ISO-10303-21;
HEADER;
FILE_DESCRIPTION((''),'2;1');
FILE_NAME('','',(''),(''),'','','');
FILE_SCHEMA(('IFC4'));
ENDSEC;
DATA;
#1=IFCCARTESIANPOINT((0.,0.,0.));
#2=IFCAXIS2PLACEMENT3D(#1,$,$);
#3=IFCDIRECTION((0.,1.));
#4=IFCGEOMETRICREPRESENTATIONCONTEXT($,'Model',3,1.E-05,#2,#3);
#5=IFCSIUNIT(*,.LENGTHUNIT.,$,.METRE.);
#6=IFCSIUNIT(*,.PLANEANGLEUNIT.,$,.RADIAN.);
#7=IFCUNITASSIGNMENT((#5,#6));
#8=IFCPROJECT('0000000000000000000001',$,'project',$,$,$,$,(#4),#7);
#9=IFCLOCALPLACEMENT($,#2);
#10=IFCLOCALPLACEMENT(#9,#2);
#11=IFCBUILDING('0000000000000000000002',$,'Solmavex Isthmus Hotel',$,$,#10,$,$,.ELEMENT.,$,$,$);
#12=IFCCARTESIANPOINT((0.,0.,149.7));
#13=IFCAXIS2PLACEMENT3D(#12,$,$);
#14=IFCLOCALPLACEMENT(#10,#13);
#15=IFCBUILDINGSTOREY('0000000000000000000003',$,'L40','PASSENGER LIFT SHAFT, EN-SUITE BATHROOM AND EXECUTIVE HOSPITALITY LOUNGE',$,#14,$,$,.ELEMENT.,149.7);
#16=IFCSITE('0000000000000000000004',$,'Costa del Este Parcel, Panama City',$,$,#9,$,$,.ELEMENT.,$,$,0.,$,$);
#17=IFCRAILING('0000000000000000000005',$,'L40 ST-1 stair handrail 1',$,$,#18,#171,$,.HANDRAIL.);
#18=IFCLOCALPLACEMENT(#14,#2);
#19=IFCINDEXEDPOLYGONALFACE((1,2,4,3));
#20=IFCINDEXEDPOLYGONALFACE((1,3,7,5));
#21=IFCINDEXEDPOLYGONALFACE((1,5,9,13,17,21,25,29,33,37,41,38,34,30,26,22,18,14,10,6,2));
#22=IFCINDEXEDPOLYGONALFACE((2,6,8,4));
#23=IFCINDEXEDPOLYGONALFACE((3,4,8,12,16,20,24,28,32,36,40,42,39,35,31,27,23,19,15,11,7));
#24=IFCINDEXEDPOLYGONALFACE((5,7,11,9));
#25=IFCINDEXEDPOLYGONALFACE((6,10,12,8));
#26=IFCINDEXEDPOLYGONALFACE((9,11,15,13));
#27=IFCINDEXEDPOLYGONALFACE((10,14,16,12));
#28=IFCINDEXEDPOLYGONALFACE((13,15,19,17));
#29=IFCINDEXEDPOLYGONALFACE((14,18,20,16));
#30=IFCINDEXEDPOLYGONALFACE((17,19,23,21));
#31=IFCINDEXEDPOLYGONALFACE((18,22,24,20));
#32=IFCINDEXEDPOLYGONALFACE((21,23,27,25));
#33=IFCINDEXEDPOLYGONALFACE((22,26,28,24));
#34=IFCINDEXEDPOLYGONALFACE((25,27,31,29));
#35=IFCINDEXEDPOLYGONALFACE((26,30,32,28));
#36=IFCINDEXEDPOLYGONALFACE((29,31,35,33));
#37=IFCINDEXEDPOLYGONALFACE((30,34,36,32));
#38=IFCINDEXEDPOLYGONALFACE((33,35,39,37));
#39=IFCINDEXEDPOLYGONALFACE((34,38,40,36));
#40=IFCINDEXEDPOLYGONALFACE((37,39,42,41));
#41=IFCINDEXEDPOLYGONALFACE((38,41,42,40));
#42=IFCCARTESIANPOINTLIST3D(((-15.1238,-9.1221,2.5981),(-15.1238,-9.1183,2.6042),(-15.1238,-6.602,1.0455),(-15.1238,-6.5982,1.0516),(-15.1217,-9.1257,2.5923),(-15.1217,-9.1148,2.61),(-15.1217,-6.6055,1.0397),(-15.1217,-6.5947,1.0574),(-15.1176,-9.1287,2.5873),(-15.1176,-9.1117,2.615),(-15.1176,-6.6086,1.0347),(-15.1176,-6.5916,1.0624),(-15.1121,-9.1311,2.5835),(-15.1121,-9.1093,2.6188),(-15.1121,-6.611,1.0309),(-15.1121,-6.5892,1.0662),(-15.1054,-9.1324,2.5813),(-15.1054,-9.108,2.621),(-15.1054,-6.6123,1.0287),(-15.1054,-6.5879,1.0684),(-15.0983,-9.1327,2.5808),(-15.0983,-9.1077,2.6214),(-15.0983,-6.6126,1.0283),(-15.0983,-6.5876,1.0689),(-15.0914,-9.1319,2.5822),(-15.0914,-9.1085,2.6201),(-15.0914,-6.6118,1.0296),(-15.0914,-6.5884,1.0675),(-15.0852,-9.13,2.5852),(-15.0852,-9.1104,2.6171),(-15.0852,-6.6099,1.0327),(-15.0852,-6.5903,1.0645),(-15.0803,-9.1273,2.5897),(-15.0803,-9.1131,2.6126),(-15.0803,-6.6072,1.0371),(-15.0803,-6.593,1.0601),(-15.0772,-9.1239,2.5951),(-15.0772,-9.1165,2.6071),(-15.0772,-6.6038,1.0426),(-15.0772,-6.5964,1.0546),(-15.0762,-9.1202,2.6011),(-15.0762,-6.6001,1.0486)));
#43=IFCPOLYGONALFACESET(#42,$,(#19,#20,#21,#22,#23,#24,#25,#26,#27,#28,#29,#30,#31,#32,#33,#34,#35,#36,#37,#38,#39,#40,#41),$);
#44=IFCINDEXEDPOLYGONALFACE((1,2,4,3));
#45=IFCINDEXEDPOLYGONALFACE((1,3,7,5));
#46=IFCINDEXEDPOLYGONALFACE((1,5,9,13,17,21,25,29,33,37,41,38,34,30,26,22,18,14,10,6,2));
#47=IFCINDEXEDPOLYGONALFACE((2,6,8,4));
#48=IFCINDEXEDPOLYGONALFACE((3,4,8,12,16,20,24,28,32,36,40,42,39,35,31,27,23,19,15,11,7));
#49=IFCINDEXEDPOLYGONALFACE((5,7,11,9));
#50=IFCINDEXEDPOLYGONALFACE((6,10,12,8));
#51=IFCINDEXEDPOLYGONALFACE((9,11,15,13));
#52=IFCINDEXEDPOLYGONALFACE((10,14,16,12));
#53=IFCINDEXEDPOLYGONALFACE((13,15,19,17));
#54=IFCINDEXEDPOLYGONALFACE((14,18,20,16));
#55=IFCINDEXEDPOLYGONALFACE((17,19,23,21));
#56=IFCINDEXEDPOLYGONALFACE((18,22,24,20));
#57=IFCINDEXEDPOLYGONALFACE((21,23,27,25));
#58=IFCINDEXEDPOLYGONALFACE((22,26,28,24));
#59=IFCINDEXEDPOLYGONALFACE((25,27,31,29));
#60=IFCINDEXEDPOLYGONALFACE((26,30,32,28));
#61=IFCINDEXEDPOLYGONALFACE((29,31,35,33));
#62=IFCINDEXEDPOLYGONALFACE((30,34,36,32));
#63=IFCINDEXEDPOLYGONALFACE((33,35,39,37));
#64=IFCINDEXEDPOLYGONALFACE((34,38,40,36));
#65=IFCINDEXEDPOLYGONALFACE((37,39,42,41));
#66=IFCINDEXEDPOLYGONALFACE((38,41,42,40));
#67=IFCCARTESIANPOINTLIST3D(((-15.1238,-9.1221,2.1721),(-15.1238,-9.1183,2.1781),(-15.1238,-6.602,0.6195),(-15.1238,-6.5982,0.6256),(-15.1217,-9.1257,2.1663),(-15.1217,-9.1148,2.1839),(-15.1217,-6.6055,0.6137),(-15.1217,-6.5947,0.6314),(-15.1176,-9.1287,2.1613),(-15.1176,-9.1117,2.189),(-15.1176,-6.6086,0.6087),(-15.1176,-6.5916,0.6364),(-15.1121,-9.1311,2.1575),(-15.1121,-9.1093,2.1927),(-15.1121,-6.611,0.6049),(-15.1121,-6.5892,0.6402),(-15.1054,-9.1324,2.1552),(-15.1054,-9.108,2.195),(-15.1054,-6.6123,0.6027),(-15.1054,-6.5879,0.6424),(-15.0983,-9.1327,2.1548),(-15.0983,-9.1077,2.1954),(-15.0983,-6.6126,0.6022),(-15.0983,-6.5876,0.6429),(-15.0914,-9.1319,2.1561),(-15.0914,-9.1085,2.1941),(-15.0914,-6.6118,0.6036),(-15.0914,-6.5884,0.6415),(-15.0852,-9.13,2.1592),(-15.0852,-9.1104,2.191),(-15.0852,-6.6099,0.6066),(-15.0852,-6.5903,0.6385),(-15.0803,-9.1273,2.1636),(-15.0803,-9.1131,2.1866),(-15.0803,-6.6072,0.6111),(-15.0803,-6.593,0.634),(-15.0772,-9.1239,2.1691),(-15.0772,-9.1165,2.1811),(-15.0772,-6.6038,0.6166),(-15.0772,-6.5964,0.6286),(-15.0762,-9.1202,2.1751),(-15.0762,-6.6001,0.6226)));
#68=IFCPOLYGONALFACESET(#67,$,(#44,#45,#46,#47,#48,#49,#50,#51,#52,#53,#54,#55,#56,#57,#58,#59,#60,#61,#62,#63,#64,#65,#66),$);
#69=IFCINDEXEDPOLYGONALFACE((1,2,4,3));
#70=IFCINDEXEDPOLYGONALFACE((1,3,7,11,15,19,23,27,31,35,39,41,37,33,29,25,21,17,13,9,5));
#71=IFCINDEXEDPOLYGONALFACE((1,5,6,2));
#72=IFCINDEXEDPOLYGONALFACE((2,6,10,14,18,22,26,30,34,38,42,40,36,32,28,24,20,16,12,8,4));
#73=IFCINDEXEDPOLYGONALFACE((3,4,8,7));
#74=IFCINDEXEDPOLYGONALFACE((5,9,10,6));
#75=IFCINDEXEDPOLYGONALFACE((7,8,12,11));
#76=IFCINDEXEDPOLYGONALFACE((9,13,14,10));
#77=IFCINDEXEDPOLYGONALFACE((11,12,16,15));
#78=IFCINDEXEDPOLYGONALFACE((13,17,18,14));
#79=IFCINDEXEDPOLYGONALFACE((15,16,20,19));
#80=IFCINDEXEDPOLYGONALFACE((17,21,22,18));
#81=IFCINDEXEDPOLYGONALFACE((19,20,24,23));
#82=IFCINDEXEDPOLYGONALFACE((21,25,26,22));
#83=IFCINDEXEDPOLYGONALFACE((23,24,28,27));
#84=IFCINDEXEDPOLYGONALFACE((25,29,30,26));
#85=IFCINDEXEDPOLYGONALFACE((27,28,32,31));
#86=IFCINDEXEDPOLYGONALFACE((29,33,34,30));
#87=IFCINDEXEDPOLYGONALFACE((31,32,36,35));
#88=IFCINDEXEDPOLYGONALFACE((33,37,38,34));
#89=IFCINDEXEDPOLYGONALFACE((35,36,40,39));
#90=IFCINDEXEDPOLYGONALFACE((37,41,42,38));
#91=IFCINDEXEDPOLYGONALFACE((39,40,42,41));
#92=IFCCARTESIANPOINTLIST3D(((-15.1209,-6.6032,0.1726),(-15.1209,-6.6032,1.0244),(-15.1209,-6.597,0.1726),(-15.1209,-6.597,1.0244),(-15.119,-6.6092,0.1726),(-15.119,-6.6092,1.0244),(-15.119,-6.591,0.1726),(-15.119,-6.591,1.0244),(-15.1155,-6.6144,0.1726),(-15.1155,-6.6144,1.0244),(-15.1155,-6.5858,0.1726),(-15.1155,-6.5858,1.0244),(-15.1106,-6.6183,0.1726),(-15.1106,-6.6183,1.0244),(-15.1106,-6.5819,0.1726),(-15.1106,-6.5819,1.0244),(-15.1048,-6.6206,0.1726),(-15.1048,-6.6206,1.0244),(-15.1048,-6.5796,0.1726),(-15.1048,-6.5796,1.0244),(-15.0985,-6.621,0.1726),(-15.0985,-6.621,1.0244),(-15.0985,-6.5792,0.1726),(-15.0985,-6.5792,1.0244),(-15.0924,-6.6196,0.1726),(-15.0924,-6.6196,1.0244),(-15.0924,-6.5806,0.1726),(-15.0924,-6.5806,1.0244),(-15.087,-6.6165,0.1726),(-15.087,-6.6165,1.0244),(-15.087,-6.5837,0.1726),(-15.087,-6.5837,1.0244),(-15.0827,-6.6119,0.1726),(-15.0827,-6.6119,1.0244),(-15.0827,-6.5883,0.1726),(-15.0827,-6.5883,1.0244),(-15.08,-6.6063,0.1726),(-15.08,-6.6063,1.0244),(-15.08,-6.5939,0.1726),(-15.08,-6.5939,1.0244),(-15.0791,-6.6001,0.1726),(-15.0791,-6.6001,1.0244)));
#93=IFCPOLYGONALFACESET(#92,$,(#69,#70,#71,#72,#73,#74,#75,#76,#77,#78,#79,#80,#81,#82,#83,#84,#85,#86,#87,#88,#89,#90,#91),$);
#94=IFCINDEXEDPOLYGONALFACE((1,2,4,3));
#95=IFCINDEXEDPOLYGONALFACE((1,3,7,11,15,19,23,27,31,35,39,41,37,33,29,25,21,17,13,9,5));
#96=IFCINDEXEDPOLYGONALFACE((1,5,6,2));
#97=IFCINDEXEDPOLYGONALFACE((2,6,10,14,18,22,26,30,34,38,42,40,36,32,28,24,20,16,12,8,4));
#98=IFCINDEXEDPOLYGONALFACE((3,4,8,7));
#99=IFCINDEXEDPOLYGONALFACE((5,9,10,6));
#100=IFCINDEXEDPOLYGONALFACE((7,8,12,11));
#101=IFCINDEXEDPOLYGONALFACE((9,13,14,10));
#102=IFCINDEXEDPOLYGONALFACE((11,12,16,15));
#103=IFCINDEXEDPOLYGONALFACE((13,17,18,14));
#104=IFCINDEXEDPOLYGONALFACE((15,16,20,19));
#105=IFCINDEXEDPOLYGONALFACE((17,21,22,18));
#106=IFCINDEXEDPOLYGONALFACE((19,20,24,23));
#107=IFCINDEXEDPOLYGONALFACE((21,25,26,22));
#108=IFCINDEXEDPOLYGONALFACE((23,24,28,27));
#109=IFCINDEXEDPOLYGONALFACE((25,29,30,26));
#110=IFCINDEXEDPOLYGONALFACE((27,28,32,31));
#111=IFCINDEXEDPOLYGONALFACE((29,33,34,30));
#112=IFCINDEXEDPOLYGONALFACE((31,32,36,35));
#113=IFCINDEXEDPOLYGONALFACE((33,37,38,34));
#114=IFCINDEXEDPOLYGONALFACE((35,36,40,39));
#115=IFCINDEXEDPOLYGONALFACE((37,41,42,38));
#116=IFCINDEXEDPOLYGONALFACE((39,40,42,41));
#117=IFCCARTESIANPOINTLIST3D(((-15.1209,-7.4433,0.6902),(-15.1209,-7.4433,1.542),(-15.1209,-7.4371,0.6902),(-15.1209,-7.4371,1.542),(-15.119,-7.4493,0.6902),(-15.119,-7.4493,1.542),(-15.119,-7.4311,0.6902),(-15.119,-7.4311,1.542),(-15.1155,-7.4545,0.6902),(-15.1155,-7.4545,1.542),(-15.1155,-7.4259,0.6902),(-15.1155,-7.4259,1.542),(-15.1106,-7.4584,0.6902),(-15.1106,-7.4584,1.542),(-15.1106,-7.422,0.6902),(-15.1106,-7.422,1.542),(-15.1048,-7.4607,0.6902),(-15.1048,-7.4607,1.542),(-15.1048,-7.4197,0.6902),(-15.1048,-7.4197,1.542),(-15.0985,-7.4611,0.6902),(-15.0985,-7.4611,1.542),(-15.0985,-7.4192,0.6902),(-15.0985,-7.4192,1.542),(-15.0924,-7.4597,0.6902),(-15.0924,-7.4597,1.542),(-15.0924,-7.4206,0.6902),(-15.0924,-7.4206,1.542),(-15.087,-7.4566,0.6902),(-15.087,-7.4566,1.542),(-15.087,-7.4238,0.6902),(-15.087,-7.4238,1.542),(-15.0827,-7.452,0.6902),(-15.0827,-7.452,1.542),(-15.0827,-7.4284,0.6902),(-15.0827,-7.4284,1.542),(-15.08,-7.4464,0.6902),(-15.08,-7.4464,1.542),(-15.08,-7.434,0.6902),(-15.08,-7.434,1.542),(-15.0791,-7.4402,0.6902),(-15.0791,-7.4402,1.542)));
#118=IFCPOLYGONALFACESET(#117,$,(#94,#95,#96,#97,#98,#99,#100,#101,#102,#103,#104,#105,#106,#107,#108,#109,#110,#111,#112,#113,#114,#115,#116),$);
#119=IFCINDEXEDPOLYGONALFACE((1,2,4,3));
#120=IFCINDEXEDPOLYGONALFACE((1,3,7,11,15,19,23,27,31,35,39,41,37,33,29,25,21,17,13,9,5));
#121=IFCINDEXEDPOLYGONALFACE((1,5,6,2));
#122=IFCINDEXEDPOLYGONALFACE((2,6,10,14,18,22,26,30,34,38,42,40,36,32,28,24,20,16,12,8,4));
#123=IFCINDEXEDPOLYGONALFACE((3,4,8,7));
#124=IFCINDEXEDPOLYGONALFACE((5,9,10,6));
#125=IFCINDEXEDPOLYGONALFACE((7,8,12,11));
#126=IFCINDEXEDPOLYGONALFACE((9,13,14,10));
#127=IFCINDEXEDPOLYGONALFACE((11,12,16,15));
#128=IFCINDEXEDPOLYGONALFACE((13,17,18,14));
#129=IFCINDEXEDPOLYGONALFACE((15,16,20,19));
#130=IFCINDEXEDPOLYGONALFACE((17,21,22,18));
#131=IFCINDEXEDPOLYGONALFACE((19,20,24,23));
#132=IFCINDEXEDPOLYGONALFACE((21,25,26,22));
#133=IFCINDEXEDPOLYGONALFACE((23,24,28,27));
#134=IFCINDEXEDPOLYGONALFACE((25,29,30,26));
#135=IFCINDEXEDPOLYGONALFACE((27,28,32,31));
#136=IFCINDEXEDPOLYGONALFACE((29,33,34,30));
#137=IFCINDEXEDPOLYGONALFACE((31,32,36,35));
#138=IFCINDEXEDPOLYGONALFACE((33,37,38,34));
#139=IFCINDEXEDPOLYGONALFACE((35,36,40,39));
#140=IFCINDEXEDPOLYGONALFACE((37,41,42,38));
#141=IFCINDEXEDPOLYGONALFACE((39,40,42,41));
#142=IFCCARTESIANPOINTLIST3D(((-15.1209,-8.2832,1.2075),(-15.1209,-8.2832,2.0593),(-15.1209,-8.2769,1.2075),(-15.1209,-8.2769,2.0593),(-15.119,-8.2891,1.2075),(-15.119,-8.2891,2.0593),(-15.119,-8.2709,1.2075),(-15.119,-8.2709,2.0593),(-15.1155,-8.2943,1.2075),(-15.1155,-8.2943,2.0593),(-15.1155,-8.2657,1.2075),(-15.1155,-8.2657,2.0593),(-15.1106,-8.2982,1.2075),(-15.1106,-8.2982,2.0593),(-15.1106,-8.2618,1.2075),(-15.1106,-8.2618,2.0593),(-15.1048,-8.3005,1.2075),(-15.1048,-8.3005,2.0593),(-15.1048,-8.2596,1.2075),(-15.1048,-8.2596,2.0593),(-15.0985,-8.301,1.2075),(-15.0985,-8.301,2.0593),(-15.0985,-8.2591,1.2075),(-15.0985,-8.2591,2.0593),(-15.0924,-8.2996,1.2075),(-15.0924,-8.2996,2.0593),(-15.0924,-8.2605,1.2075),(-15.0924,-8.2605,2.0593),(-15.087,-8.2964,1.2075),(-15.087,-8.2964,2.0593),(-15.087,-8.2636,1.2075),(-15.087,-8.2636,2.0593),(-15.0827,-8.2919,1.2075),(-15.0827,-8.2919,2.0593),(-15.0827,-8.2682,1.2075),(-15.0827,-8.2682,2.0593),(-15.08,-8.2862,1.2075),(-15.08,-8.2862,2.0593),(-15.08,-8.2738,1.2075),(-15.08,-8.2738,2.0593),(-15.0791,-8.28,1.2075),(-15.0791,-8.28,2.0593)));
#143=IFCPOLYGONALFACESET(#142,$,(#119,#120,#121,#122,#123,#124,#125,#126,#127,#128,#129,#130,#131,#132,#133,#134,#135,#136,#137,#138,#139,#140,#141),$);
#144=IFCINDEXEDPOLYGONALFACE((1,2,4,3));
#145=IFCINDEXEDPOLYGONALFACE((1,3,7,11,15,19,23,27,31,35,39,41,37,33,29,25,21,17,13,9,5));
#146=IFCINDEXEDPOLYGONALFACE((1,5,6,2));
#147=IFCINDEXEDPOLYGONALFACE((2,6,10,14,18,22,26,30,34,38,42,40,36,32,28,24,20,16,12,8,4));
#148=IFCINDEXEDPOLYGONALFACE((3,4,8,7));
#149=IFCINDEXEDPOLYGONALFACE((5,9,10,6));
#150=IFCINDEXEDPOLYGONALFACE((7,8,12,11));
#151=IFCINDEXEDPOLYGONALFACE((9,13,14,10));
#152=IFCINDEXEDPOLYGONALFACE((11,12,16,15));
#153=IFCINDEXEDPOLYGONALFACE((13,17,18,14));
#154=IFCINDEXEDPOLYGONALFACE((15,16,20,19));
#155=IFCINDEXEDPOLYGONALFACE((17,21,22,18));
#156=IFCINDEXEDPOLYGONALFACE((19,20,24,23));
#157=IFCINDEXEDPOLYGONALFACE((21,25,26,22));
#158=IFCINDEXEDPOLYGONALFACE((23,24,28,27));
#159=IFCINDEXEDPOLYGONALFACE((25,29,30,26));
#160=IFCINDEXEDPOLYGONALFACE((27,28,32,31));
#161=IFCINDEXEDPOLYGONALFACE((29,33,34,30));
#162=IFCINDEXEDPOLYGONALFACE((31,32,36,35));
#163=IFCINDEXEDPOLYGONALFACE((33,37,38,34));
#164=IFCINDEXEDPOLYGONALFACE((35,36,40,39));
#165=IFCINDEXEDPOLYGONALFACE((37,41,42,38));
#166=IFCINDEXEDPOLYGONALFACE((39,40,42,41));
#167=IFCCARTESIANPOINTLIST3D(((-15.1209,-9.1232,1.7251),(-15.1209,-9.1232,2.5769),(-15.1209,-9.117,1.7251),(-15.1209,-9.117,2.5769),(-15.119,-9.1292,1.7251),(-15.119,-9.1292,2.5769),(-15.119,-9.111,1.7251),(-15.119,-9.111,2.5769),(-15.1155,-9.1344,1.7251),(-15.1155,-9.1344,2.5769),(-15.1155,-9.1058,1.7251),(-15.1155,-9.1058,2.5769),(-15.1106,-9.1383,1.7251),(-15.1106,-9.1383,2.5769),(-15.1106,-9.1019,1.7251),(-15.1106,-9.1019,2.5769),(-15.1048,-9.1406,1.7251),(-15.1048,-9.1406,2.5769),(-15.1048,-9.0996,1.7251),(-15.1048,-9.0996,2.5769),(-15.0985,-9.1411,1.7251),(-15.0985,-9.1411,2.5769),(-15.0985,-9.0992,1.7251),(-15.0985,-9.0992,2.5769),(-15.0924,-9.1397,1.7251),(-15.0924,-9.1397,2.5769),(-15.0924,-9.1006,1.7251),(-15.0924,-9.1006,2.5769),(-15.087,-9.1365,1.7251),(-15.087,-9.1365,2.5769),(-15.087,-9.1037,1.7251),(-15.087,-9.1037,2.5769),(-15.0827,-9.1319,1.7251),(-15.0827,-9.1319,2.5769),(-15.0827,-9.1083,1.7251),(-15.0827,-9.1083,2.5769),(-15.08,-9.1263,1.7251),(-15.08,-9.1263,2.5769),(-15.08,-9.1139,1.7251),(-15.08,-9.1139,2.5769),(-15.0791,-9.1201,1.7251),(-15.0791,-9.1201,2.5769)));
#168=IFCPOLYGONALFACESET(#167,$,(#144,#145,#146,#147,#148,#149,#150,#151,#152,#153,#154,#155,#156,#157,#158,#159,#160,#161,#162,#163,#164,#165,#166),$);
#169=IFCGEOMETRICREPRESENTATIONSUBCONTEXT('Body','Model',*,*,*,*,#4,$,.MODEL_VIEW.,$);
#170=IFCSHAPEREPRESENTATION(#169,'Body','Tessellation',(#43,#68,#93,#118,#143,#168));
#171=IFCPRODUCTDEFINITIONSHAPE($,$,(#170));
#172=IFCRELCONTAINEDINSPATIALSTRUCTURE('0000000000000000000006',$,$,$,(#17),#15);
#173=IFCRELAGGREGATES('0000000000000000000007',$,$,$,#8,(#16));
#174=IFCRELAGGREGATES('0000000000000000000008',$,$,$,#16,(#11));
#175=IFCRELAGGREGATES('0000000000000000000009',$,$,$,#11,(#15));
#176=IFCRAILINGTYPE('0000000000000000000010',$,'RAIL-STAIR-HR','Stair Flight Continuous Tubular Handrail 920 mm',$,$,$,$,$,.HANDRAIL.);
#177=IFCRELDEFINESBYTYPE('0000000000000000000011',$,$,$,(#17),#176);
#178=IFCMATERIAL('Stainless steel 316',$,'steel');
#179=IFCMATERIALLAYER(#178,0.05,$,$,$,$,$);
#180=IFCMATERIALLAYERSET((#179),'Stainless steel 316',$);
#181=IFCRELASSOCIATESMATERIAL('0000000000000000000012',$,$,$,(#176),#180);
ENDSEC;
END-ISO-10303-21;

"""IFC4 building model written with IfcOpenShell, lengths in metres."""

from ifc_helpers import new_model, si_unit, direction, frame, origin, origin_2d, place, context, subcontext, project, spatial, circle, extrude, material, layer, layer_set, type_object, element, save


model = new_model("IFC4")

# Units and contexts
model_context = context("Model", 3, precision=1e-05, world=origin(), true_north=direction((0.0, 1.0)))
body_context = subcontext(model_context, "Body", "Model", "MODEL_VIEW")
ifc_project = project(units=[si_unit("LENGTHUNIT", "METRE"), si_unit("PLANEANGLEUNIT", "RADIAN")], contexts=[model_context])

# Site, building, storey
site_placement = place(None, origin())
site = spatial("IfcSite", under=ifc_project, at=site_placement, Name="Costa del Este Parcel, Panama City", CompositionType="ELEMENT", RefElevation=0.0)
building_placement = place(site_placement, origin())
building = spatial("IfcBuilding", under=site, at=building_placement, Name="Solmavex Isthmus Hotel", CompositionType="ELEMENT")
storey_placement = place(building_placement, frame((0.0, 0.0, 149.7)))
storey = spatial("IfcBuildingStorey", under=building, at=storey_placement, Name="L40", Description="PASSENGER LIFT SHAFT, EN-SUITE BATHROOM AND EXECUTIVE HOSPITALITY LOUNGE", CompositionType="ELEMENT", Elevation=149.7)

# Shared definitions
ifc_material_1 = material(Name="Stainless steel 316", Category="steel")

# Railing
ifc_layer_1 = layer(ifc_material_1, 0.05)
ifc_layer_set_1 = layer_set([ifc_layer_1], Name="Stainless steel 316")
railing_type_1 = type_object("IfcRailingType", Name="RAIL-STAIR-HR", Description="Stair Flight Continuous Tubular Handrail 920 mm", PredefinedType="HANDRAIL", material=ifc_layer_set_1)
railing_1_placement = place(storey_placement, frame((-15.1001, -6.6001, 0.1726)))
element("IfcRailing", 1, at=railing_1_placement, inside=storey, type_object=railing_type_1, Name="L40 ST-1 stair handrail 1", PredefinedType="HANDRAIL", context=body_context, shape_type="SweptSolid", body=[
    extrude(circle(Radius=0.0239, at=origin_2d()), frame((0.0, 0.0, 0.876), z_axis=(0.0, -0.8514, 0.524516), x_axis=(1.0, 0.0, 0.0)), (0.0, 0.0, 1.0), 2.96),
    extrude(circle(Radius=0.0239, at=origin_2d()), frame((0.0, 0.0, 0.45), z_axis=(0.0, -0.8514, 0.524516), x_axis=(1.0, 0.0, 0.0)), (0.0, 0.0, 1.0), 2.96),
    extrude(circle(Radius=0.021, at=origin_2d()), origin(), (0.0, 0.0, 1.0), 0.8518),
    extrude(circle(Radius=0.021, at=origin_2d()), frame((0.0, -0.8401, 0.5176)), (0.0, 0.0, 1.0), 0.8518),
    extrude(circle(Radius=0.021, at=origin_2d()), frame((0.0, -1.6799, 1.0349)), (0.0, 0.0, 1.0), 0.8518),
    extrude(circle(Radius=0.021, at=origin_2d()), frame((0.0, -2.52, 1.5525)), (0.0, 0.0, 1.0), 0.8518),
])

save(model, "model.ifc")
